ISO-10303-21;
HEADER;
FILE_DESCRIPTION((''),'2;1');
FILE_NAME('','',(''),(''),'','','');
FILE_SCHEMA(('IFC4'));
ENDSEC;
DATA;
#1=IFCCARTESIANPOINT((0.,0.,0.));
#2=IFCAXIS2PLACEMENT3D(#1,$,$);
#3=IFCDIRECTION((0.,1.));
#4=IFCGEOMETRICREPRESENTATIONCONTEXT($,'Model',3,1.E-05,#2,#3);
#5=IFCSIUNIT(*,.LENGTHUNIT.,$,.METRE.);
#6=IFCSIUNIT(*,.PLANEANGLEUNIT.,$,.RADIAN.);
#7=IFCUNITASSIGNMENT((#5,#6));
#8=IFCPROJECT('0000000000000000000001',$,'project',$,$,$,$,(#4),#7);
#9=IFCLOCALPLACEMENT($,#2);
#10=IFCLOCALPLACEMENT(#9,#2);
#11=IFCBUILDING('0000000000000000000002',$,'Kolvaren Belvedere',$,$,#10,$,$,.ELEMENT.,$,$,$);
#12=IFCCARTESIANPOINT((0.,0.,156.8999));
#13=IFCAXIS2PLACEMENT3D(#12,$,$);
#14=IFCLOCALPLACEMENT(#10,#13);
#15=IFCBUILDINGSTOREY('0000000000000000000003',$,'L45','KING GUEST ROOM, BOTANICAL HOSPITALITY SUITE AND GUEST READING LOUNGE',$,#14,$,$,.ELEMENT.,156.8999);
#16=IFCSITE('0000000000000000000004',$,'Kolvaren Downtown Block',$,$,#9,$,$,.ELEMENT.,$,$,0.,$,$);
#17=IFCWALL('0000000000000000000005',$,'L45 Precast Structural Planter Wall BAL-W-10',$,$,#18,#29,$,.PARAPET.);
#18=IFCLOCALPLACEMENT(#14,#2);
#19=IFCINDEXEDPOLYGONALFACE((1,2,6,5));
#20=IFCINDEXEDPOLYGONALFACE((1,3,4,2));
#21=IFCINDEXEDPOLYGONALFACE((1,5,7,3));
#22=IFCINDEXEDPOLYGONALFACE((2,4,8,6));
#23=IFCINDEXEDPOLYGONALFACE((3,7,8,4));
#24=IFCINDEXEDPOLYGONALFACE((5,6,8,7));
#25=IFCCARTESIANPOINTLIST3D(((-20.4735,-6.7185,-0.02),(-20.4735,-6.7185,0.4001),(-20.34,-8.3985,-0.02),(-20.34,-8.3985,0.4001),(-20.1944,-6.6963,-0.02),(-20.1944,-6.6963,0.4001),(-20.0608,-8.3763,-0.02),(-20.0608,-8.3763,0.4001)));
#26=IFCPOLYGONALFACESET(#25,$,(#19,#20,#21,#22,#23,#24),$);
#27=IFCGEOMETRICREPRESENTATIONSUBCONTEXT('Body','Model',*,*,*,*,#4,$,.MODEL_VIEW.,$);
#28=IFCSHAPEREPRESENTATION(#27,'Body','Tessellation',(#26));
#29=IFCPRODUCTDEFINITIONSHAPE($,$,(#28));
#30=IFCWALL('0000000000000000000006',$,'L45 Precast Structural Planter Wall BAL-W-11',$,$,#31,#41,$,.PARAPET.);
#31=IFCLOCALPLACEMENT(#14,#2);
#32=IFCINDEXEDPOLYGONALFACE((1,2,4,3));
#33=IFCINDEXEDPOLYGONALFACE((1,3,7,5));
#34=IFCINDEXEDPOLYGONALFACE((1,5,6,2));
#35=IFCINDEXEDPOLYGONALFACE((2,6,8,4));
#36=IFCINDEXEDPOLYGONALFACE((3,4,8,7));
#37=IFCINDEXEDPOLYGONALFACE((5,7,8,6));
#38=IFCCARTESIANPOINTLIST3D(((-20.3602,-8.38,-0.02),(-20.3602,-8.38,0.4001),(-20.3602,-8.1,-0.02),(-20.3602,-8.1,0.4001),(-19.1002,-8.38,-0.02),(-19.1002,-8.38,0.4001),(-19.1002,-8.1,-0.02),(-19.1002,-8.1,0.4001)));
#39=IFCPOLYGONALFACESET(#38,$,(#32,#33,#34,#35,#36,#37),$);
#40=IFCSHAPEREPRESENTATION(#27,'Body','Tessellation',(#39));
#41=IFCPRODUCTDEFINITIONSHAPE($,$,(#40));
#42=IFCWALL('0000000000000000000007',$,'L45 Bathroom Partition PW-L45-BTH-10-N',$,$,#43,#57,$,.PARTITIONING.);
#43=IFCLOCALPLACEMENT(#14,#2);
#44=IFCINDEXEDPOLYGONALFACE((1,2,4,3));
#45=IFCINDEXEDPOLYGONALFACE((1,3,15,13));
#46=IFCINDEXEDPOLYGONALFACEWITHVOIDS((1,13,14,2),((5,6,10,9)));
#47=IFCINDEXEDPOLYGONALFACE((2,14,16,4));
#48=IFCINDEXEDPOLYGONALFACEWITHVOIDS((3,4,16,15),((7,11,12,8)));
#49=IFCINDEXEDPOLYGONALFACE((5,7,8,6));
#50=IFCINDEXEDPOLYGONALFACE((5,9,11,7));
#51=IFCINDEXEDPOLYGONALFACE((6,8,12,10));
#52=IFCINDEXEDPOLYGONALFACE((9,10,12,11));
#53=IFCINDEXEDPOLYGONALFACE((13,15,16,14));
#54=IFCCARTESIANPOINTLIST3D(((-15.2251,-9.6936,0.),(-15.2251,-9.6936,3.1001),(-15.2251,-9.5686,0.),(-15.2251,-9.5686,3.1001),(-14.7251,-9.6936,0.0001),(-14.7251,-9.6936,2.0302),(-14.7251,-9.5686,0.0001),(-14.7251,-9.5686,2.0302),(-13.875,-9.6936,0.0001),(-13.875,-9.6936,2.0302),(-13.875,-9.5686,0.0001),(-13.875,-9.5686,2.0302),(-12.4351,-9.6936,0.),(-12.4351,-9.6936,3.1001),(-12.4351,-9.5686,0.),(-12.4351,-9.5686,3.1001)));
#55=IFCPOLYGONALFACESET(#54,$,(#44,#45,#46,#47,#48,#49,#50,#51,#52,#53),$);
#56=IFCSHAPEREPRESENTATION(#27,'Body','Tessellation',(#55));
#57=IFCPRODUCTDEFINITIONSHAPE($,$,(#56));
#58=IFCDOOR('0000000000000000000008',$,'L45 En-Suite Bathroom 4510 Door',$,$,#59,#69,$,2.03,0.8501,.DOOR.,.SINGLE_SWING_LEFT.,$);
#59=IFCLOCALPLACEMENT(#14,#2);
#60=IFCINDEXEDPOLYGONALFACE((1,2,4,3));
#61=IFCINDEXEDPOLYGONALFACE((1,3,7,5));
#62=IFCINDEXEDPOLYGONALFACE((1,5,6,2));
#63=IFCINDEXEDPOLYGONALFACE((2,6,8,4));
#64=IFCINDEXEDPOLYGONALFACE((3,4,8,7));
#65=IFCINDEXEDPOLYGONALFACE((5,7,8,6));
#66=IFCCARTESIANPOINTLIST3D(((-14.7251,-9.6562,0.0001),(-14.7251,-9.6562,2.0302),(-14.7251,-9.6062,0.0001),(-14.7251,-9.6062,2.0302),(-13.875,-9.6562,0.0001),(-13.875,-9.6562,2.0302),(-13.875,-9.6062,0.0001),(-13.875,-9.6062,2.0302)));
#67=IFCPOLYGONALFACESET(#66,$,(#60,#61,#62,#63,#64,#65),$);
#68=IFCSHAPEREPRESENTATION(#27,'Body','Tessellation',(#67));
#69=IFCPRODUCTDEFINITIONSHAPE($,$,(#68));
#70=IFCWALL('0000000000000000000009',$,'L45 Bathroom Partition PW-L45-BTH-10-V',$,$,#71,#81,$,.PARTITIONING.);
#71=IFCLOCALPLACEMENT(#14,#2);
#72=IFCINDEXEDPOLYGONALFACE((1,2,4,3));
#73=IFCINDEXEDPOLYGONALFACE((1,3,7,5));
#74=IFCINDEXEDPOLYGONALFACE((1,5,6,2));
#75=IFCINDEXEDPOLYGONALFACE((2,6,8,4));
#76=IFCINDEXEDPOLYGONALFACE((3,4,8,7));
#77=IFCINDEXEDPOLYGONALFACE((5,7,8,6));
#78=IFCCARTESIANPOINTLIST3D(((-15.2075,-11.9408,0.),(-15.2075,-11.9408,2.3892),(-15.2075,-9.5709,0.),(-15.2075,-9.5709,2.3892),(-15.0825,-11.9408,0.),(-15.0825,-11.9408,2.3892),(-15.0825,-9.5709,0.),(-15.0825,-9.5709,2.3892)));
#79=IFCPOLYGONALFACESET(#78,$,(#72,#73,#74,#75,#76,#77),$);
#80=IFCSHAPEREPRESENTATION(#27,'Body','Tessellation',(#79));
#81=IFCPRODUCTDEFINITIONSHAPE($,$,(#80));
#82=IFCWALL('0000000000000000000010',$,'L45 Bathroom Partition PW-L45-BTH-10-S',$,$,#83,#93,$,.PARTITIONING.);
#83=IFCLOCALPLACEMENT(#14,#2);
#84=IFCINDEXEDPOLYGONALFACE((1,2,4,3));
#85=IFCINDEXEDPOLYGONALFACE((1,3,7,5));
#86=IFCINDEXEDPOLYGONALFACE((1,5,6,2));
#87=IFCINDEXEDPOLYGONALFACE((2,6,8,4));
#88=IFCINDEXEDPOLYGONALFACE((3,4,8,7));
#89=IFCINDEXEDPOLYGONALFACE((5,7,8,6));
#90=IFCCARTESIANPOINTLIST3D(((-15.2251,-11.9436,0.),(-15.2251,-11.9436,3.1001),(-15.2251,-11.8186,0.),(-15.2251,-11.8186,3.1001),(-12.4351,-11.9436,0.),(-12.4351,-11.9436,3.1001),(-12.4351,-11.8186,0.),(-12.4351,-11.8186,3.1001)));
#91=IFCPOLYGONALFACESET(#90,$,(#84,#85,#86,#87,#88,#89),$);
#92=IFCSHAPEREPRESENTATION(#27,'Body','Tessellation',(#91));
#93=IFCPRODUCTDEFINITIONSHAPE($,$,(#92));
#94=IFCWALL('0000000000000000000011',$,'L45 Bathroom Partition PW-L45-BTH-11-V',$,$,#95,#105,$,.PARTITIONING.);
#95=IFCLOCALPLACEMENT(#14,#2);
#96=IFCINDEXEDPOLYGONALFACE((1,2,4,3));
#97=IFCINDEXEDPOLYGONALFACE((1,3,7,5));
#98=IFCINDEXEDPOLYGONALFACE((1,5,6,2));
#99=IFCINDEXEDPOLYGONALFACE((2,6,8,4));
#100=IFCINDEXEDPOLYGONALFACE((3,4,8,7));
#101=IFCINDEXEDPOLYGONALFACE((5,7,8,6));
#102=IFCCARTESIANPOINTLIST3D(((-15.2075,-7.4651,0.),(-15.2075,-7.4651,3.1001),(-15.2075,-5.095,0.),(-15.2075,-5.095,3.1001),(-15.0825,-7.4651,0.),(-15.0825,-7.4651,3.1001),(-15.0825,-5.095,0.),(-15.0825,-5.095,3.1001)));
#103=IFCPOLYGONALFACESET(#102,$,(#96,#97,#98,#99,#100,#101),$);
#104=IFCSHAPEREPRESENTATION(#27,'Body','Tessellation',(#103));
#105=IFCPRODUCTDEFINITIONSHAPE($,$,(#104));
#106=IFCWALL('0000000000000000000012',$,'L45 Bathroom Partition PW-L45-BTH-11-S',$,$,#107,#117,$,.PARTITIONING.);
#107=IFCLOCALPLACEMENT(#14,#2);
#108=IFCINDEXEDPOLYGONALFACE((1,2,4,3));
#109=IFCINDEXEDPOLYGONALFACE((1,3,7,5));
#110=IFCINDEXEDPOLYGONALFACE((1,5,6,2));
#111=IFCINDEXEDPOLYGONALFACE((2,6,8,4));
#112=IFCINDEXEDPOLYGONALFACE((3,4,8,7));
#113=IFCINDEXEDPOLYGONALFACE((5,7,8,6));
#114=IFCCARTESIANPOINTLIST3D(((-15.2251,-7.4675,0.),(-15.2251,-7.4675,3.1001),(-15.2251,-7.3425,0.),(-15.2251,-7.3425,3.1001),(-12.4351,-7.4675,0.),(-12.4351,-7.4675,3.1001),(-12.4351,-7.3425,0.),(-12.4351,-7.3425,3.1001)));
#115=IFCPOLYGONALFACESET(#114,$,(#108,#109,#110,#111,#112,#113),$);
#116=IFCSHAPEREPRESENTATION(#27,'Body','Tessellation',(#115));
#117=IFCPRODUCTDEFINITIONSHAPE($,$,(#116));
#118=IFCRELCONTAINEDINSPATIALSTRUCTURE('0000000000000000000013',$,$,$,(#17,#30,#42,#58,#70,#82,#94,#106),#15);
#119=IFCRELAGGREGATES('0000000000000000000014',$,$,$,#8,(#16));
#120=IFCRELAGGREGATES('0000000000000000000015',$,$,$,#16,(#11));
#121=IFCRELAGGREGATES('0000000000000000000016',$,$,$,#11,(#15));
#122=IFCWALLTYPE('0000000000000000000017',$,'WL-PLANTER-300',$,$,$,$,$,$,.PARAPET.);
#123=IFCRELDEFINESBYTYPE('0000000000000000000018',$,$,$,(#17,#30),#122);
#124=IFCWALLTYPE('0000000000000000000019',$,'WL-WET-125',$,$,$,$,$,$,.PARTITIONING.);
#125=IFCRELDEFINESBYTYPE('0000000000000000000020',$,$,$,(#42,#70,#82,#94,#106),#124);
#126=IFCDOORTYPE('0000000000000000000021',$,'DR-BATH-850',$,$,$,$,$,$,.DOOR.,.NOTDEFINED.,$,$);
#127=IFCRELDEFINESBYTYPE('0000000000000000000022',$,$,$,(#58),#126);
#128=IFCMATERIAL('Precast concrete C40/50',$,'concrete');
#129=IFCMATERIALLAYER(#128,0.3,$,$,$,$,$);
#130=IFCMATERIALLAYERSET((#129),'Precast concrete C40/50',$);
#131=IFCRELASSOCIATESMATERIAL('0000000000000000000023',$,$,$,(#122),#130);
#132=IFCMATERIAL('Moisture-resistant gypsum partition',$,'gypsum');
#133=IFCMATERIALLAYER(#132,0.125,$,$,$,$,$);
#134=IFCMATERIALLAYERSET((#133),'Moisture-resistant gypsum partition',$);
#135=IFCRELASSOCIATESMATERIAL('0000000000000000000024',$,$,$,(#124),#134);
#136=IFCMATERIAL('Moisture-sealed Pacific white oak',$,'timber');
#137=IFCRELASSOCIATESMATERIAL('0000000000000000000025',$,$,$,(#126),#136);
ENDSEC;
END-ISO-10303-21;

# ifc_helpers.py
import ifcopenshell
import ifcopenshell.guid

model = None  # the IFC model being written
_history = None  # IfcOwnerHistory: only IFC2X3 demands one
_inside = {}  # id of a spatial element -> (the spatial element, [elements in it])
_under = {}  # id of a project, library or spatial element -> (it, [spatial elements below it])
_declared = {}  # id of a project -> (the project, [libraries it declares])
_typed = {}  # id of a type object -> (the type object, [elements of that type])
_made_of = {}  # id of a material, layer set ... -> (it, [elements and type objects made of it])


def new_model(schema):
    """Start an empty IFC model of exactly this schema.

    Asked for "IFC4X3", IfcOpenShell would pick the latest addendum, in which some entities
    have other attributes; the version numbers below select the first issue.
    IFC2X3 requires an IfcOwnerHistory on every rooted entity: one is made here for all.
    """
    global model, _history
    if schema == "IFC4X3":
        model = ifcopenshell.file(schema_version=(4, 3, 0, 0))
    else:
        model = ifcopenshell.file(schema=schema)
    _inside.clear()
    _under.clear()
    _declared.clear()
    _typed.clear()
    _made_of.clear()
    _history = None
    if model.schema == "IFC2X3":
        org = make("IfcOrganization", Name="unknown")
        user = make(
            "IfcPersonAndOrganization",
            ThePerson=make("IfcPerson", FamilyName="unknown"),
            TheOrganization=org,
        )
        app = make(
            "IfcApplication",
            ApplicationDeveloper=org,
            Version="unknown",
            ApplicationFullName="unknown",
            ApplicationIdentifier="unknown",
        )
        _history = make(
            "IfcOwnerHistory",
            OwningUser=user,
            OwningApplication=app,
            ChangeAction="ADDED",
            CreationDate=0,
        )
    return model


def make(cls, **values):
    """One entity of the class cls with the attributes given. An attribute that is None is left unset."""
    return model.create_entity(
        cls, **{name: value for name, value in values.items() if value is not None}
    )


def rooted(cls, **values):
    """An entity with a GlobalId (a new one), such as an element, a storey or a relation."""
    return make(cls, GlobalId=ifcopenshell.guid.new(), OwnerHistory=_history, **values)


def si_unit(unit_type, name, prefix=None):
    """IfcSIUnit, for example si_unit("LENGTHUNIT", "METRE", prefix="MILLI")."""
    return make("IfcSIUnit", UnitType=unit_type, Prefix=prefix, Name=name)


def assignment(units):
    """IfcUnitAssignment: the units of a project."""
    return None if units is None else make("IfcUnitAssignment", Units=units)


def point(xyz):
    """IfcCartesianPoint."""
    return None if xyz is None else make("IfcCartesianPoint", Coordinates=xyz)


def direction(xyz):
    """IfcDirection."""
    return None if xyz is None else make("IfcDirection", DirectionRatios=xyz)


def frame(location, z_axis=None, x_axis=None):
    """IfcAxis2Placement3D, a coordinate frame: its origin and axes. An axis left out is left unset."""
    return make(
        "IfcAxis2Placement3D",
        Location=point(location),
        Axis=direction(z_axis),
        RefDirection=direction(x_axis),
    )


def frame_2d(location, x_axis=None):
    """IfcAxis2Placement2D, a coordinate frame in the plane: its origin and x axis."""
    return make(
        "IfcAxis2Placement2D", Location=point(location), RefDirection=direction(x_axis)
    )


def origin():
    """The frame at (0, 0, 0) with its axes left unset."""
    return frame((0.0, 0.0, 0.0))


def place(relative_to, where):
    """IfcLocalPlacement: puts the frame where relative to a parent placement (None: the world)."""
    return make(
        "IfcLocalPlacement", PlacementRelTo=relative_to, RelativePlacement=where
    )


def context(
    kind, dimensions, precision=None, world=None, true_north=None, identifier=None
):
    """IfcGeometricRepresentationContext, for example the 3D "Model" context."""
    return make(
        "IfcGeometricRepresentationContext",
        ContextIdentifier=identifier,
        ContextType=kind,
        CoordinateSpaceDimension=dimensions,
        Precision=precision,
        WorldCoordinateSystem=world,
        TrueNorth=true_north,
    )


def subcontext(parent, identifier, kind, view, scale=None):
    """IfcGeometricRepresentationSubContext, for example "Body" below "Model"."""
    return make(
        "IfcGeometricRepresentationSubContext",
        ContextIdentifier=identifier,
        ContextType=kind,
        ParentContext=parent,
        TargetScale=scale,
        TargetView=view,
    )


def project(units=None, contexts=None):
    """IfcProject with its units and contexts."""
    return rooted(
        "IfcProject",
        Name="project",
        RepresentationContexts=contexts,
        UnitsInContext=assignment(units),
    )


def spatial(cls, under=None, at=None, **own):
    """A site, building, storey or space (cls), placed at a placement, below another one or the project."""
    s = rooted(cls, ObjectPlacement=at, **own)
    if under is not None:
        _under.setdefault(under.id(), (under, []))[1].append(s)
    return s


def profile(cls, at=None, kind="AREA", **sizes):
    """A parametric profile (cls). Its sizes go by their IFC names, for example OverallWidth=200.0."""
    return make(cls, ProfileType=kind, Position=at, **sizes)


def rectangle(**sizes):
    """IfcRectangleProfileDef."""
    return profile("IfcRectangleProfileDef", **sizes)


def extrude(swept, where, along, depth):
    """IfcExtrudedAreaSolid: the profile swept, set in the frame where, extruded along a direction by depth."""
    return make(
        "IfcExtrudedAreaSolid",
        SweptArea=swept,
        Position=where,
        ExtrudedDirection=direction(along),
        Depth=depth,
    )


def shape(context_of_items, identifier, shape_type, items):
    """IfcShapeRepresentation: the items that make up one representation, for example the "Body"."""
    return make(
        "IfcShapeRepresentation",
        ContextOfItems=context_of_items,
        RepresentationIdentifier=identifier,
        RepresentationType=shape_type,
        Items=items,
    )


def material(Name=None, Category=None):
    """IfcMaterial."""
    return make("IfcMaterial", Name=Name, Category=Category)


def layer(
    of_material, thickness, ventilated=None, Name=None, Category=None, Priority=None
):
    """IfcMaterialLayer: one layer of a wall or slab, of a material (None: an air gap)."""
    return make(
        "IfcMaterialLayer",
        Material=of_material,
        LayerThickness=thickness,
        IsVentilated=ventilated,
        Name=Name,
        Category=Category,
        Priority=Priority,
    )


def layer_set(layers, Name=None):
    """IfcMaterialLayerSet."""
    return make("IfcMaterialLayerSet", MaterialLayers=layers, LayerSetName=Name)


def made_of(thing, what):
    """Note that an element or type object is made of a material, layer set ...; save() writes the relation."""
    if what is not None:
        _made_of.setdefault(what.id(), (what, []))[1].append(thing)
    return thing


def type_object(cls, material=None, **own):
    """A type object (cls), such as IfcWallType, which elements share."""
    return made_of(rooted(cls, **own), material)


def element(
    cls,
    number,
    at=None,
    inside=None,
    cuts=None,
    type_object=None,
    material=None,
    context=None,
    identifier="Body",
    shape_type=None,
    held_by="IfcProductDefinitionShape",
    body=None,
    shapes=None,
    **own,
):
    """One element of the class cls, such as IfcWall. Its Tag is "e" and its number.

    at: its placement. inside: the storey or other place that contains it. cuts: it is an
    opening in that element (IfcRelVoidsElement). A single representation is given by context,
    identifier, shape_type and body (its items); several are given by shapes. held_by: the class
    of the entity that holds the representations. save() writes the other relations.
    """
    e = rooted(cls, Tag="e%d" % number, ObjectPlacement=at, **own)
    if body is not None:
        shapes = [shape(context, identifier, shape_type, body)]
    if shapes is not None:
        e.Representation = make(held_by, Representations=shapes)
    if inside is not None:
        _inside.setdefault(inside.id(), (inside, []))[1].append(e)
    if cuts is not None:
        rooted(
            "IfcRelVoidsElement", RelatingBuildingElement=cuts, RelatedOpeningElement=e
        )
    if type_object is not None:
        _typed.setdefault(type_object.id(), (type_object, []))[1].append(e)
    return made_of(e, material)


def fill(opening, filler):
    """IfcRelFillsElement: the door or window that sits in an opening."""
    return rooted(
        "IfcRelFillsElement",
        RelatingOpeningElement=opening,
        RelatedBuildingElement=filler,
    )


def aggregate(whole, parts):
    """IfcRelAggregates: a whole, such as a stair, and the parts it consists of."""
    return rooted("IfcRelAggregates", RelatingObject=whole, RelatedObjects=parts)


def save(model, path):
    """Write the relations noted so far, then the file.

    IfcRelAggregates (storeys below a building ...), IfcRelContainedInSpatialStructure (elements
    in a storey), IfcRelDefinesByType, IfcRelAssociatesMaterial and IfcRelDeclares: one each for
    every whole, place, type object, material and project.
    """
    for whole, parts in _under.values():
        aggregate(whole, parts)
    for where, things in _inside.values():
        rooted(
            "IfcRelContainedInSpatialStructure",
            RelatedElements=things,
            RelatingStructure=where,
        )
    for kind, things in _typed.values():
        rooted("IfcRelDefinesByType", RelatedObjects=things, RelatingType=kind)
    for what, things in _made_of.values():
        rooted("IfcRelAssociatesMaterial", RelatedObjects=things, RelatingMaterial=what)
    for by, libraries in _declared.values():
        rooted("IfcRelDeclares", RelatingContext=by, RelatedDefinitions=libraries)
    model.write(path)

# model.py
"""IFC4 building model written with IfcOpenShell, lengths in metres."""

from ifc_helpers import new_model, si_unit, direction, frame, frame_2d, origin, place, context, subcontext, project, spatial, rectangle, extrude, material, layer, layer_set, type_object, element, fill, save


model = new_model("IFC4")

# Units and contexts
model_context = context("Model", 3, precision=1e-05, world=origin(), true_north=direction((0.0, 1.0)))
body_context = subcontext(model_context, "Body", "Model", "MODEL_VIEW")
ifc_project = project(units=[si_unit("LENGTHUNIT", "METRE"), si_unit("PLANEANGLEUNIT", "RADIAN")], contexts=[model_context])

# Site, building, storey
site_placement = place(None, origin())
site = spatial("IfcSite", under=ifc_project, at=site_placement, Name="Kolvaren Downtown Block", CompositionType="ELEMENT", RefElevation=0.0)
building_placement = place(site_placement, origin())
building = spatial("IfcBuilding", under=site, at=building_placement, Name="Kolvaren Belvedere", CompositionType="ELEMENT")
storey_placement = place(building_placement, frame((0.0, 0.0, 156.8999)))
storey = spatial("IfcBuildingStorey", under=building, at=storey_placement, Name="L45", Description="KING GUEST ROOM, BOTANICAL HOSPITALITY SUITE AND GUEST READING LOUNGE", CompositionType="ELEMENT", Elevation=156.8999)

# Walls
ifc_material_1 = material(Name="Precast concrete C40/50", Category="concrete")
ifc_layer_1 = layer(ifc_material_1, 0.3)
ifc_layer_set_1 = layer_set([ifc_layer_1], Name="Precast concrete C40/50")
wall_type_1 = type_object("IfcWallType", Name="WL-PLANTER-300", PredefinedType="PARAPET", material=ifc_layer_set_1)
wall_1_placement = place(storey_placement, frame((-20.334, -6.7073, -0.02), z_axis=(0.0, 0.0, 1.0), x_axis=(0.079244, -0.996855, 0.0)))
element("IfcWall", 1, at=wall_1_placement, inside=storey, type_object=wall_type_1, Name="L45 Precast Structural Planter Wall BAL-W-10", PredefinedType="PARAPET", context=body_context, shape_type="SweptSolid", body=[
    extrude(rectangle(XDim=1.6853, YDim=0.28, at=frame_2d((0.8428, 0.0))), origin(), (0.0, 0.0, 1.0), 0.4202),
])
wall_2_placement = place(storey_placement, frame((-20.3601, -8.24, -0.02), z_axis=(0.0, 0.0, 1.0), x_axis=(1.0, 0.0, 0.0)))
element("IfcWall", 2, at=wall_2_placement, inside=storey, type_object=wall_type_1, Name="L45 Precast Structural Planter Wall BAL-W-11", PredefinedType="PARAPET", context=body_context, shape_type="SweptSolid", body=[
    extrude(rectangle(XDim=1.26, YDim=0.28, at=frame_2d((0.6299, 0.0))), origin(), (0.0, 0.0, 1.0), 0.4202),
])

# Wall, opening, door
ifc_material_2 = material(Name="Moisture-resistant gypsum partition", Category="gypsum")
ifc_layer_2 = layer(ifc_material_2, 0.125)
ifc_layer_set_2 = layer_set([ifc_layer_2], Name="Moisture-resistant gypsum partition")
wall_type_2 = type_object("IfcWallType", Name="WL-WET-125", PredefinedType="PARTITIONING", material=ifc_layer_set_2)
wall_3_placement = place(storey_placement, frame((-15.2251, -9.6311, 0.0), z_axis=(0.0, 0.0, 1.0), x_axis=(1.0, 0.0, 0.0)))
wall_3 = element("IfcWall", 3, at=wall_3_placement, inside=storey, type_object=wall_type_2, Name="L45 Bathroom Partition PW-L45-BTH-10-N", PredefinedType="PARTITIONING", context=body_context, shape_type="SweptSolid", body=[
    extrude(rectangle(XDim=2.79, YDim=0.125, at=frame_2d((1.395, 0.0))), origin(), (0.0, 0.0, 1.0), 3.1001),
])
opening_1_placement = place(wall_3_placement, frame((0.5, 0.0, 0.0)))
opening_1 = element("IfcOpeningElement", 4, at=opening_1_placement, cuts=wall_3, PredefinedType="OPENING", context=body_context, shape_type="SweptSolid", body=[
    extrude(rectangle(XDim=0.8501, YDim=2.03, at=frame_2d((0.425, 1.0151))), frame((0.0, 0.0725, 0.0), z_axis=(0.0, -1.0, 0.0), x_axis=(1.0, 0.0, 0.0)), (0.0, 0.0, 1.0), 0.145),
])
ifc_material_3 = material(Name="Moisture-sealed Pacific white oak", Category="timber")
door_type = type_object("IfcDoorType", Name="DR-BATH-850", OperationType="NOTDEFINED", PredefinedType="DOOR", material=ifc_material_3)
door_placement = place(opening_1_placement, origin())
door = element("IfcDoor", 5, at=door_placement, inside=storey, type_object=door_type, Name="L45 En-Suite Bathroom 4510 Door", OperationType="SINGLE_SWING_LEFT", OverallHeight=2.03, OverallWidth=0.8501, PredefinedType="DOOR", context=body_context, shape_type="SweptSolid", body=[
    extrude(rectangle(XDim=0.8501, YDim=2.03, at=frame_2d((0.425, 1.0151))), frame((0.0, 0.0249, 0.0), z_axis=(0.0, -1.0, 0.0), x_axis=(1.0, 0.0, 0.0)), (0.0, 0.0, 1.0), 0.05),
])
fill(opening_1, door)

# Walls
wall_4_placement = place(storey_placement, frame((-15.145, -11.9409, 0.0), z_axis=(0.0, 0.0, 1.0), x_axis=(0.0, 1.0, 0.0)))
element("IfcWall", 6, at=wall_4_placement, inside=storey, type_object=wall_type_2, Name="L45 Bathroom Partition PW-L45-BTH-10-V", PredefinedType="PARTITIONING", context=body_context, shape_type="SweptSolid", body=[
    extrude(rectangle(XDim=2.3699, YDim=0.125, at=frame_2d((1.1851, 0.0))), origin(), (0.0, 0.0, 1.0), 2.3892),
])
wall_5_placement = place(storey_placement, frame((-15.2251, -11.8811, 0.0), z_axis=(0.0, 0.0, 1.0), x_axis=(1.0, 0.0, 0.0)))
element("IfcWall", 7, at=wall_5_placement, inside=storey, type_object=wall_type_2, Name="L45 Bathroom Partition PW-L45-BTH-10-S", PredefinedType="PARTITIONING", context=body_context, shape_type="SweptSolid", body=[
    extrude(rectangle(XDim=2.79, YDim=0.125, at=frame_2d((1.395, 0.0))), origin(), (0.0, 0.0, 1.0), 3.1001),
])
wall_6_placement = place(storey_placement, frame((-15.145, -7.4651, 0.0), z_axis=(0.0, 0.0, 1.0), x_axis=(0.0, 1.0, 0.0)))
element("IfcWall", 8, at=wall_6_placement, inside=storey, type_object=wall_type_2, Name="L45 Bathroom Partition PW-L45-BTH-11-V", PredefinedType="PARTITIONING", context=body_context, shape_type="SweptSolid", body=[
    extrude(rectangle(XDim=2.3701, YDim=0.125, at=frame_2d((1.1851, 0.0))), origin(), (0.0, 0.0, 1.0), 3.1001),
])
wall_7_placement = place(storey_placement, frame((-15.2251, -7.405, 0.0), z_axis=(0.0, 0.0, 1.0), x_axis=(1.0, 0.0, 0.0)))
element("IfcWall", 9, at=wall_7_placement, inside=storey, type_object=wall_type_2, Name="L45 Bathroom Partition PW-L45-BTH-11-S", PredefinedType="PARTITIONING", context=body_context, shape_type="SweptSolid", body=[
    extrude(rectangle(XDim=2.79, YDim=0.125, at=frame_2d((1.395, 0.0))), origin(), (0.0, 0.0, 1.0), 3.1001),
])

save(model, "model.ifc")
